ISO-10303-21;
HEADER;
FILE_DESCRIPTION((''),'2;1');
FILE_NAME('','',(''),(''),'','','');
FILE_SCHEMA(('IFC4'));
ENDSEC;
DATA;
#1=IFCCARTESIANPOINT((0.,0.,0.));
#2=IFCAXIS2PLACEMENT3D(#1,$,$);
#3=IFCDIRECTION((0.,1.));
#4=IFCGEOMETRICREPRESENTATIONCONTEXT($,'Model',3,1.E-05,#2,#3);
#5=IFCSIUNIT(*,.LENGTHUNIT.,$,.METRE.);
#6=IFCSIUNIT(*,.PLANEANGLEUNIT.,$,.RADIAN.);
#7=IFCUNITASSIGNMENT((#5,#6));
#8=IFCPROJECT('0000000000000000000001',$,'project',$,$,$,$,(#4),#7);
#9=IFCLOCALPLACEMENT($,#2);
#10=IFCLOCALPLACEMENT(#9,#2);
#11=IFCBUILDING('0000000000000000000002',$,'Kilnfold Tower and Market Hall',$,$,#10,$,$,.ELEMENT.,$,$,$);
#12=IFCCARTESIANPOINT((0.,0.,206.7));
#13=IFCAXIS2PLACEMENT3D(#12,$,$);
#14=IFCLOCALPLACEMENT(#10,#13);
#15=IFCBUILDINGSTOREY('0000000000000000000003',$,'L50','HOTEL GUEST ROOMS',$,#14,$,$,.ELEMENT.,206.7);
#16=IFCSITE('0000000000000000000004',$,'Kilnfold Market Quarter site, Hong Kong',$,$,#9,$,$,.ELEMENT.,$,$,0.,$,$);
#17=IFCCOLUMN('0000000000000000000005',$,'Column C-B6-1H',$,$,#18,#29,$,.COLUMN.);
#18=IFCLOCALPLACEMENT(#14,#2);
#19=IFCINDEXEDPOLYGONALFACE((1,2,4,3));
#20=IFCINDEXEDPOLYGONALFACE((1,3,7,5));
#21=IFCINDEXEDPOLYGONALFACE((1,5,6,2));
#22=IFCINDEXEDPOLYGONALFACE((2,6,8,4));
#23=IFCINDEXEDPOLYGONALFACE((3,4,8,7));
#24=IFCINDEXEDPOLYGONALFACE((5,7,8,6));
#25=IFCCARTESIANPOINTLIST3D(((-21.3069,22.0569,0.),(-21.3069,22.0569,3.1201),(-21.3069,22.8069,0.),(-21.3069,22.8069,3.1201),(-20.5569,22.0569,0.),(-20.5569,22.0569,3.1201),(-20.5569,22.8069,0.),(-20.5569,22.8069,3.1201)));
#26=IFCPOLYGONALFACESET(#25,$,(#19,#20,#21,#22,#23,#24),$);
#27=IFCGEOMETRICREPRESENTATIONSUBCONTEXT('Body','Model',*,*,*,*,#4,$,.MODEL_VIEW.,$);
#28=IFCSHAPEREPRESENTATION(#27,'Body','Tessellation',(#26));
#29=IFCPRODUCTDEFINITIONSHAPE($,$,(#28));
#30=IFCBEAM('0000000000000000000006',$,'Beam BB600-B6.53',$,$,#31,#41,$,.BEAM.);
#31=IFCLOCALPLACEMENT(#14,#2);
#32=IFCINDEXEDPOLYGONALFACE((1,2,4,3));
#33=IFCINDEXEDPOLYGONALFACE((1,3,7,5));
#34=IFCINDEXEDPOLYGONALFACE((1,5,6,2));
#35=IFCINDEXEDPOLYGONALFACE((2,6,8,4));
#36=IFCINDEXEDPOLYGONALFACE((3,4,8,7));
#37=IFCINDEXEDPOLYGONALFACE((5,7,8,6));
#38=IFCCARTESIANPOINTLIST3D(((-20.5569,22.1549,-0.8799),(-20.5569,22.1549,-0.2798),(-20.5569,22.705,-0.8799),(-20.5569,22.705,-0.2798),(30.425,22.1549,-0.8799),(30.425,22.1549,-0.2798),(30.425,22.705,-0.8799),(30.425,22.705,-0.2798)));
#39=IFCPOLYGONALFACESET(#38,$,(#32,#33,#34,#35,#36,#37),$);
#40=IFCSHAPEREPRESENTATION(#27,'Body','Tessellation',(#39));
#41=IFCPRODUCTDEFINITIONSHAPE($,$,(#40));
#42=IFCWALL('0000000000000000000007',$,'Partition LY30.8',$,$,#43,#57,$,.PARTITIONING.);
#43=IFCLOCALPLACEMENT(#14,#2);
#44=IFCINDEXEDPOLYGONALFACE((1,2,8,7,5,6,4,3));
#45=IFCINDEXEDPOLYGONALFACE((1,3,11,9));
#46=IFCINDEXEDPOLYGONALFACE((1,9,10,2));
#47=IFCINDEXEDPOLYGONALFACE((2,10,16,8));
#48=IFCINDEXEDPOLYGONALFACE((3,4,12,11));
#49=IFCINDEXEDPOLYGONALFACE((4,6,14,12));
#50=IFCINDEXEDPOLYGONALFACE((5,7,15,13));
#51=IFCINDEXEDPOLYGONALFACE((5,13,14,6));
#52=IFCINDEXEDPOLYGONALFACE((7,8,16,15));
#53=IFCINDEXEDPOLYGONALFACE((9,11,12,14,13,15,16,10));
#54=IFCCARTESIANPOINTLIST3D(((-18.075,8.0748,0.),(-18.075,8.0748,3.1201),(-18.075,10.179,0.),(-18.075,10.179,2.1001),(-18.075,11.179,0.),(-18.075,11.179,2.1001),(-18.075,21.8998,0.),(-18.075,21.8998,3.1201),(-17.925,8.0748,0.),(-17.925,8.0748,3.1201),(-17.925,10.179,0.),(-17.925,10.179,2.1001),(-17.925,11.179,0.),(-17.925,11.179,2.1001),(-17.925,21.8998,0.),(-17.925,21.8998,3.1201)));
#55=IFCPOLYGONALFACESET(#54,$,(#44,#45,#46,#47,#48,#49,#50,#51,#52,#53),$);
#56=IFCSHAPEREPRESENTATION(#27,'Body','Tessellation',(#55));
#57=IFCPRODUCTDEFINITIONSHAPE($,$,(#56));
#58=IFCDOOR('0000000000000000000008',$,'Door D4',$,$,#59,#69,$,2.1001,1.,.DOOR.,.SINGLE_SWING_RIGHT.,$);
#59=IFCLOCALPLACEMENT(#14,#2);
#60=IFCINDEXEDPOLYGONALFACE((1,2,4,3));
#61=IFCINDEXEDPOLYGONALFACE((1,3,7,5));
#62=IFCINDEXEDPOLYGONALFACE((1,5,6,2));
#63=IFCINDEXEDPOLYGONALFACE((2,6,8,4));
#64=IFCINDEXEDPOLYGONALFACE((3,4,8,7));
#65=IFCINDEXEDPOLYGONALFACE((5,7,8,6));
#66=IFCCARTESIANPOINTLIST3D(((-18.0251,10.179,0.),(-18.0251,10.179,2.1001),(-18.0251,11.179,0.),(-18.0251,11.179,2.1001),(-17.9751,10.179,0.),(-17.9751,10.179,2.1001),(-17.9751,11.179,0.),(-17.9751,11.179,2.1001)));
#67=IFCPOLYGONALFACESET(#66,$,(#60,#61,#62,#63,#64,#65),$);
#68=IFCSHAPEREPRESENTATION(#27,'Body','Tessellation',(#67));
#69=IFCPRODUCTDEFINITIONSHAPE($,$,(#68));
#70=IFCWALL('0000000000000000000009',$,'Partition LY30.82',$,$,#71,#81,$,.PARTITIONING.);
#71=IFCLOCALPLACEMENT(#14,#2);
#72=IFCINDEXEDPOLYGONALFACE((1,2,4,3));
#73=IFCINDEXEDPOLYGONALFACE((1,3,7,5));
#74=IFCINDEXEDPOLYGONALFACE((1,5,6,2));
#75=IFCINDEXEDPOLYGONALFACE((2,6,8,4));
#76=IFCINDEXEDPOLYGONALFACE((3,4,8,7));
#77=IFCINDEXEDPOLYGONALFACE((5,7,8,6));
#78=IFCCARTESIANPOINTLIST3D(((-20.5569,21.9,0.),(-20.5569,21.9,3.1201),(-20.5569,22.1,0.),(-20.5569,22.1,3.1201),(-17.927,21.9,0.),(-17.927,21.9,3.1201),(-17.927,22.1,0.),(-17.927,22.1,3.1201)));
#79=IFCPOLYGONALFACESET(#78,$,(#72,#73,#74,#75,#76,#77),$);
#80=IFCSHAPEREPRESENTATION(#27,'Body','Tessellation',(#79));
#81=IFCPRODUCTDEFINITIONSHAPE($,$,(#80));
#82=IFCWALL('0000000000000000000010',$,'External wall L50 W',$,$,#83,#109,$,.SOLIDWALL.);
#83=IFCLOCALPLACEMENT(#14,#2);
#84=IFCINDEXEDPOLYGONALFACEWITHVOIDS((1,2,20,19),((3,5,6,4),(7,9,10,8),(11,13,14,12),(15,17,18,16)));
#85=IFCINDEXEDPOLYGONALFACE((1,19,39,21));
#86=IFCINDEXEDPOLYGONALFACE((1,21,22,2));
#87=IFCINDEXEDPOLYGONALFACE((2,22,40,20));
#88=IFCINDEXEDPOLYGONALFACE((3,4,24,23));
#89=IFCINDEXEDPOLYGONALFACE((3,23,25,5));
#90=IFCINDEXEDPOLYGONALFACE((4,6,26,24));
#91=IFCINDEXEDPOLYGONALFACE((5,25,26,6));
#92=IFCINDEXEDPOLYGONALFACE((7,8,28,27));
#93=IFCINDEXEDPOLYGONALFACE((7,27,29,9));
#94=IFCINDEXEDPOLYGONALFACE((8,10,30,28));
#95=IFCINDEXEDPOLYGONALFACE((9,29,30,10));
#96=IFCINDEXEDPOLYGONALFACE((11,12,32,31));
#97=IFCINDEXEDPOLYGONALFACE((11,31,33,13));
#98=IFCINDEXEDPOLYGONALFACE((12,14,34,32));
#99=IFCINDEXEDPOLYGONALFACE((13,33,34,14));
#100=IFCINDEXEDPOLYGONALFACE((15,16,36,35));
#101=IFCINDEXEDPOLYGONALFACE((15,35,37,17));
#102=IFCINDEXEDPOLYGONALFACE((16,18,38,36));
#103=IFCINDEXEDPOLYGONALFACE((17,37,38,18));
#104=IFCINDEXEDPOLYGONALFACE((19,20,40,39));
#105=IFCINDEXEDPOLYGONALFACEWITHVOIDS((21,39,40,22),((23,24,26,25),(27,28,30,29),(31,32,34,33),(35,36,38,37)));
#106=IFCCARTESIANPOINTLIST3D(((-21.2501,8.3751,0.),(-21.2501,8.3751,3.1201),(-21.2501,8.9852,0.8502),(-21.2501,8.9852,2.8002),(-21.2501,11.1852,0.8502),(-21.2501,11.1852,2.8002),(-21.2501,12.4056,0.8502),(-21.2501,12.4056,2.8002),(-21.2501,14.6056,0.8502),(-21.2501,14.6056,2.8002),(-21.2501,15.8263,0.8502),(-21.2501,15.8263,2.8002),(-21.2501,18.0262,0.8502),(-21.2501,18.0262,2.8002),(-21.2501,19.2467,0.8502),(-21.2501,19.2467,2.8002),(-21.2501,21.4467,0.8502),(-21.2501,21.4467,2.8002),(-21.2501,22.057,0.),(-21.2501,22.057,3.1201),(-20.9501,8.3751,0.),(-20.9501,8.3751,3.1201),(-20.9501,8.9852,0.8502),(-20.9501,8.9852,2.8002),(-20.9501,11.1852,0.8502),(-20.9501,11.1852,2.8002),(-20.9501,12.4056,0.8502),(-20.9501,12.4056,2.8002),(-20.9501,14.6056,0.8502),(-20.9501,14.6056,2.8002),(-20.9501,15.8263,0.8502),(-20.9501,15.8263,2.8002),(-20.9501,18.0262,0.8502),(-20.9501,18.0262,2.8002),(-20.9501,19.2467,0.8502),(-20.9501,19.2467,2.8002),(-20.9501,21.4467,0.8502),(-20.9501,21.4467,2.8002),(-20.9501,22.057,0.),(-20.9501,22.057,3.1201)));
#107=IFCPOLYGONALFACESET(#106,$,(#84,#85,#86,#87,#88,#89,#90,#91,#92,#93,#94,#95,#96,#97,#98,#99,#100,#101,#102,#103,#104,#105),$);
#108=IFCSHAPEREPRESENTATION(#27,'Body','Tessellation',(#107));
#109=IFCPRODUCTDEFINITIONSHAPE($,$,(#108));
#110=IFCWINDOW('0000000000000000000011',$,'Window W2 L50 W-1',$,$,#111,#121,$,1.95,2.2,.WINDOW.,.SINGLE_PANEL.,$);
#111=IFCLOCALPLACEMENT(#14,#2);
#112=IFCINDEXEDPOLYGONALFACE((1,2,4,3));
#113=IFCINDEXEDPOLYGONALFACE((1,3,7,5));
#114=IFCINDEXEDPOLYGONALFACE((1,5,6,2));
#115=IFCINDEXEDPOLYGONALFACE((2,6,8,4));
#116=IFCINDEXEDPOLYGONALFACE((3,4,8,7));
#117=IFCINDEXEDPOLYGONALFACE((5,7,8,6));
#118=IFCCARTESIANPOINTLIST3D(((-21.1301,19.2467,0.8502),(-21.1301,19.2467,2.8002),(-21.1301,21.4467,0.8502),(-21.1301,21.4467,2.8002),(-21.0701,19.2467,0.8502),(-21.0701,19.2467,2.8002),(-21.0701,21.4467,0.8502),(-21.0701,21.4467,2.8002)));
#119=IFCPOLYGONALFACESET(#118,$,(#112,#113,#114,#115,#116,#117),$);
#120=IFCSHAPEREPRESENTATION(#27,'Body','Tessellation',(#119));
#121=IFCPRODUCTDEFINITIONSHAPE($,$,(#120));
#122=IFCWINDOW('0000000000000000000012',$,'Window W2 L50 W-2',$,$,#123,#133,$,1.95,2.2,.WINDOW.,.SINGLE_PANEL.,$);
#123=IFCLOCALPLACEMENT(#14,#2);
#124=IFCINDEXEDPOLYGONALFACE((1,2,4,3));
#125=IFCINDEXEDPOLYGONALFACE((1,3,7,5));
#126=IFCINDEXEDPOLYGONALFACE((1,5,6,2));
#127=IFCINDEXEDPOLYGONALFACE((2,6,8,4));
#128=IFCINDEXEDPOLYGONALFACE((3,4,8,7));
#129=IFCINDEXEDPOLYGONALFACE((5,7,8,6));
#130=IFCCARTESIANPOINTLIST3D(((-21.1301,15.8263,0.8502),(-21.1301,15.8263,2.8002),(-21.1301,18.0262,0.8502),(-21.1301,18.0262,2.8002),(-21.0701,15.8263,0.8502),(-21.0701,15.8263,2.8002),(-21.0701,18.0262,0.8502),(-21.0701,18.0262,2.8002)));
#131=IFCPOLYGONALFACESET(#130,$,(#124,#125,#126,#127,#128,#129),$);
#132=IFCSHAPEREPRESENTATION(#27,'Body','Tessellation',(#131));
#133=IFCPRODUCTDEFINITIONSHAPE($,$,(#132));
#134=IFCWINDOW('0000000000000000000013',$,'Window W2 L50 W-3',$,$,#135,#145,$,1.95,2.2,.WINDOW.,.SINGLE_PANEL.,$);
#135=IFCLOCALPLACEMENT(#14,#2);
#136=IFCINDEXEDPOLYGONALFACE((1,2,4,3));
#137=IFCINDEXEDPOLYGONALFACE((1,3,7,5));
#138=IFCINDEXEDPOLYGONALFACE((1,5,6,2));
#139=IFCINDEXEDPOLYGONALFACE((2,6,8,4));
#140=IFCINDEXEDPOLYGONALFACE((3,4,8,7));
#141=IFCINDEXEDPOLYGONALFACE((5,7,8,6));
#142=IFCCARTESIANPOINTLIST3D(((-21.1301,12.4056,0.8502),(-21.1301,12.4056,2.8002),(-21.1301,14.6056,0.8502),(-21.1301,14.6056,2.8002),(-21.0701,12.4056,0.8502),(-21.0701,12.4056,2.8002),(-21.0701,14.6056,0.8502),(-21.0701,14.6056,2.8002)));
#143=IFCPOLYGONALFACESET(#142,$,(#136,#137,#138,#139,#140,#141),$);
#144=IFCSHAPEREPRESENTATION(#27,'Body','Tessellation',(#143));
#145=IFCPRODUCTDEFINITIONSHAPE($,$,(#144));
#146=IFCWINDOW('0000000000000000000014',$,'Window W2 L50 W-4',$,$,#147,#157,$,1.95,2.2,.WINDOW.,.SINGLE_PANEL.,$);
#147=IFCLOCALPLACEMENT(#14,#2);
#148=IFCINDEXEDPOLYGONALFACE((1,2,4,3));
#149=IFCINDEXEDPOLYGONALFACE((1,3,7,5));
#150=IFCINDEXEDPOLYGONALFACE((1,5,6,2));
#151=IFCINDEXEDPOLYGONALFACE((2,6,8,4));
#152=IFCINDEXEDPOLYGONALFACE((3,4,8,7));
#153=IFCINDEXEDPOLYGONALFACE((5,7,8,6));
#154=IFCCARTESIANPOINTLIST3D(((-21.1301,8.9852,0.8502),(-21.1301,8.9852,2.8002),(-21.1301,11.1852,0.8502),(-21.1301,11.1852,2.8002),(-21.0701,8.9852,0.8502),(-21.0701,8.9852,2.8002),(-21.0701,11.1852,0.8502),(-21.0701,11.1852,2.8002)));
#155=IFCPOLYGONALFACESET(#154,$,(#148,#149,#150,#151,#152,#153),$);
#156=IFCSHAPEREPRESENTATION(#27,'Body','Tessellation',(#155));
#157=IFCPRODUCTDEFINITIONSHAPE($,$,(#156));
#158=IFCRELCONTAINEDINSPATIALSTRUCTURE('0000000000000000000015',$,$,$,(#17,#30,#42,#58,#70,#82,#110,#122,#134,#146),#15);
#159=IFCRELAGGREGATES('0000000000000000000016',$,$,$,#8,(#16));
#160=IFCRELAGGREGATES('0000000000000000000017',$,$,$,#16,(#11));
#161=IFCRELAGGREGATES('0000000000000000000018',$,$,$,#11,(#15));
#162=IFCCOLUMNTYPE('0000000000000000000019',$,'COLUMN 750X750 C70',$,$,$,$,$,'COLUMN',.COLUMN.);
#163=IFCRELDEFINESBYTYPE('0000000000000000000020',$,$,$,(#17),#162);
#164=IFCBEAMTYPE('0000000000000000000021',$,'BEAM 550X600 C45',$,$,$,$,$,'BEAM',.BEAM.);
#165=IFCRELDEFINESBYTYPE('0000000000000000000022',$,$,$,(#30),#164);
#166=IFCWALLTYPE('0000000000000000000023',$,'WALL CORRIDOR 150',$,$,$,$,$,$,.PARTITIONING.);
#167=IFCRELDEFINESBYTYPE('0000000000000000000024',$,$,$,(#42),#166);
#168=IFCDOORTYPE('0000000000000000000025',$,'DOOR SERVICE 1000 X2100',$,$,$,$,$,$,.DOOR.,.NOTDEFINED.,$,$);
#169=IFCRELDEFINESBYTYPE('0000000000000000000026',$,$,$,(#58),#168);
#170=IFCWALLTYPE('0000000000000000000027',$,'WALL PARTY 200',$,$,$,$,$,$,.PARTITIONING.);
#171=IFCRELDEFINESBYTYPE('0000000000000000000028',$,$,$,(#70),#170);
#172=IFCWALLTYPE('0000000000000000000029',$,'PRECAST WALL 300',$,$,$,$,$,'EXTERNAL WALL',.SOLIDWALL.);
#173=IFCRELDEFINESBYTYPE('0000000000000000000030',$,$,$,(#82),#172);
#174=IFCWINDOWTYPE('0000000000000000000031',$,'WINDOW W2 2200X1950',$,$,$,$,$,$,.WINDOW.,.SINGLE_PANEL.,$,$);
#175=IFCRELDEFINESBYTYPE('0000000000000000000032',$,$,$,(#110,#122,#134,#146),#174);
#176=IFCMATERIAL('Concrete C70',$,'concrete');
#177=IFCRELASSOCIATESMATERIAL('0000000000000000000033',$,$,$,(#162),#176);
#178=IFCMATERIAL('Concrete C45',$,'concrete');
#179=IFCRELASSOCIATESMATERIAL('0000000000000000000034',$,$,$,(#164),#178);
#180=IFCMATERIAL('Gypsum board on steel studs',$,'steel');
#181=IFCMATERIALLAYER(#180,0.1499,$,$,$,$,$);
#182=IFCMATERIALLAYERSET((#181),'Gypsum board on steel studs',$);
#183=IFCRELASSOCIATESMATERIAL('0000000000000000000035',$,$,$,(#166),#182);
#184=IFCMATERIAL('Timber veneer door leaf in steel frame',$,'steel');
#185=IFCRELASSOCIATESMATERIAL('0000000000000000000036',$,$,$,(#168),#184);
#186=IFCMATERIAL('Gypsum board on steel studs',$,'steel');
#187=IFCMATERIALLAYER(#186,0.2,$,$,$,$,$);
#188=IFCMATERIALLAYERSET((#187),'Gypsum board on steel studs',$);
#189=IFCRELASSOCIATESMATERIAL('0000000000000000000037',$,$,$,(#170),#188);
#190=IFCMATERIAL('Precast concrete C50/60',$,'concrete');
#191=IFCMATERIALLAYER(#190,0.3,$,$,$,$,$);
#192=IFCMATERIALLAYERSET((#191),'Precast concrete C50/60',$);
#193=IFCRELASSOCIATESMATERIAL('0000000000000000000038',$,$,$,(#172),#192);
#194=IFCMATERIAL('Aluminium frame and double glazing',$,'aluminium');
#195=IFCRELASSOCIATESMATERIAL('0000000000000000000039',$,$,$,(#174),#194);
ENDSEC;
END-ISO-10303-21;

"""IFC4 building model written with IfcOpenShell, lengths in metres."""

from ifc_helpers import new_model, si_unit, direction, frame, frame_2d, origin, origin_2d, place, context, subcontext, project, spatial, rectangle, extrude, source, transform, mapped, material, layer, layer_set, material_profile, profile_set, type_object, element, fill, save


model = new_model("IFC4")

# Units and contexts
model_context = context("Model", 3, precision=1e-05, world=origin(), true_north=direction((0.0, 1.0)))
body_context = subcontext(model_context, "Body", "Model", "MODEL_VIEW")
ifc_project = project(units=[si_unit("LENGTHUNIT", "METRE"), si_unit("PLANEANGLEUNIT", "RADIAN")], contexts=[model_context])

# Site, building, storey
site_placement = place(None, origin())
site = spatial("IfcSite", under=ifc_project, at=site_placement, Name="Kilnfold Market Quarter site, Hong Kong", CompositionType="ELEMENT", RefElevation=0.0)
building_placement = place(site_placement, origin())
building = spatial("IfcBuilding", under=site, at=building_placement, Name="Kilnfold Tower and Market Hall", CompositionType="ELEMENT")
storey_placement = place(building_placement, frame((0.0, 0.0, 206.7)))
storey = spatial("IfcBuildingStorey", under=building, at=storey_placement, Name="L50", Description="HOTEL GUEST ROOMS", CompositionType="ELEMENT", Elevation=206.7)

# Column
ifc_material_1 = material(Name="Concrete C70", Category="concrete")
ifc_material_profile_1 = material_profile(ifc_material_1, rectangle(XDim=0.75, YDim=0.75, at=origin_2d()), Name="RC 750x750")
ifc_profile_set_1 = profile_set([ifc_material_profile_1], Name="Concrete C70")
column_type = type_object("IfcColumnType", Name="COLUMN 750X750 C70", ElementType="COLUMN", PredefinedType="COLUMN", material=ifc_profile_set_1)
shared_shape_1 = source(origin(), body_context, "Body", "SweptSolid", [
    extrude(rectangle(XDim=0.75, YDim=0.75, at=origin_2d()), origin(), (0.0, 0.0, 1.0), 3.1201),
])
column_placement = place(storey_placement, frame((-20.9319, 22.4319, 0.0), z_axis=(0.0, 0.0, 1.0), x_axis=(1.0, 0.0, 0.0)))
element("IfcColumn", 1, at=column_placement, inside=storey, type_object=column_type, Name="Column C-B6-1H", PredefinedType="COLUMN", context=body_context, shape_type="MappedRepresentation", body=[
    mapped(shared_shape_1, transform((0.0, 0.0, 0.0))),
])

# Beam
ifc_material_2 = material(Name="Concrete C45", Category="concrete")
ifc_material_profile_2 = material_profile(ifc_material_2, rectangle(XDim=0.55, YDim=0.6001, at=origin_2d()), Name="RC 550x600")
ifc_profile_set_2 = profile_set([ifc_material_profile_2], Name="Concrete C45")
beam_type = type_object("IfcBeamType", Name="BEAM 550X600 C45", ElementType="BEAM", PredefinedType="BEAM", material=ifc_profile_set_2)
shared_shape_2 = source(origin(), body_context, "Body", "SweptSolid", [
    extrude(rectangle(XDim=0.55, YDim=0.6001, at=origin_2d()), origin(), (0.0, 0.0, 1.0), 50.9819),
])
beam_placement = place(storey_placement, frame((-20.5569, 22.4299, -0.5798), z_axis=(1.0, 0.0, 0.0), x_axis=(0.0, 1.0, 0.0)))
element("IfcBeam", 2, at=beam_placement, inside=storey, type_object=beam_type, Name="Beam BB600-B6.53", PredefinedType="BEAM", context=body_context, shape_type="MappedRepresentation", body=[
    mapped(shared_shape_2, transform((0.0, 0.0, 0.0))),
])

# Wall, opening, door
ifc_material_3 = material(Name="Gypsum board on steel studs", Category="steel")
ifc_layer_1 = layer(ifc_material_3, 0.1499)
ifc_layer_set_1 = layer_set([ifc_layer_1], Name="Gypsum board on steel studs")
wall_type_1 = type_object("IfcWallType", Name="WALL CORRIDOR 150", PredefinedType="PARTITIONING", material=ifc_layer_set_1)
wall_1_placement = place(storey_placement, frame((-18.0, 21.8999, 0.0), z_axis=(0.0, 0.0, 1.0), x_axis=(0.0, -1.0, 0.0)))
wall_1 = element("IfcWall", 3, at=wall_1_placement, inside=storey, type_object=wall_type_1, Name="Partition LY30.8", PredefinedType="PARTITIONING", context=body_context, shape_type="SweptSolid", body=[
    extrude(rectangle(XDim=13.825, YDim=0.1499, at=frame_2d((6.9126, 0.0))), origin(), (0.0, 0.0, 1.0), 3.1201),
])
opening_1_placement = place(wall_1_placement, frame((10.7209, 0.0, 0.0)))
opening_1 = element("IfcOpeningElement", 4, at=opening_1_placement, cuts=wall_1, PredefinedType="OPENING", context=body_context, shape_type="SweptSolid", body=[
    extrude(rectangle(XDim=1.0, YDim=2.1001, at=frame_2d((0.5, 1.05))), frame((0.0, 0.085, 0.0), z_axis=(0.0, -1.0, 0.0), x_axis=(1.0, 0.0, 0.0)), (0.0, 0.0, 1.0), 0.1699),
])
ifc_material_4 = material(Name="Timber veneer door leaf in steel frame", Category="steel")
door_type = type_object("IfcDoorType", Name="DOOR SERVICE 1000 X2100", OperationType="NOTDEFINED", PredefinedType="DOOR", material=ifc_material_4)
door_placement = place(opening_1_placement, origin())
door = element("IfcDoor", 5, at=door_placement, inside=storey, type_object=door_type, Name="Door D4", OperationType="SINGLE_SWING_RIGHT", OverallHeight=2.1001, OverallWidth=1.0, PredefinedType="DOOR", context=body_context, shape_type="SweptSolid", body=[
    extrude(rectangle(XDim=1.0, YDim=2.1001, at=frame_2d((0.5, 1.05))), frame((0.0, 0.0249, 0.0), z_axis=(0.0, -1.0, 0.0), x_axis=(1.0, 0.0, 0.0)), (0.0, 0.0, 1.0), 0.05),
])
fill(opening_1, door)

# Wall
ifc_material_5 = material(Name="Gypsum board on steel studs", Category="steel")
ifc_layer_2 = layer(ifc_material_5, 0.2)
ifc_layer_set_2 = layer_set([ifc_layer_2], Name="Gypsum board on steel studs")
wall_type_2 = type_object("IfcWallType", Name="WALL PARTY 200", PredefinedType="PARTITIONING", material=ifc_layer_set_2)
wall_2_placement = place(storey_placement, frame((-17.927, 22.0, 0.0), z_axis=(0.0, 0.0, 1.0), x_axis=(-1.0, 0.0, 0.0)))
element("IfcWall", 6, at=wall_2_placement, inside=storey, type_object=wall_type_2, Name="Partition LY30.82", PredefinedType="PARTITIONING", context=body_context, shape_type="SweptSolid", body=[
    extrude(rectangle(XDim=2.6299, YDim=0.2, at=frame_2d((1.3149, 0.0))), origin(), (0.0, 0.0, 1.0), 3.1201),
])

# Wall, openings, windows
ifc_material_6 = material(Name="Precast concrete C50/60", Category="concrete")
ifc_layer_3 = layer(ifc_material_6, 0.3)
ifc_layer_set_3 = layer_set([ifc_layer_3], Name="Precast concrete C50/60")
wall_type_3 = type_object("IfcWallType", Name="PRECAST WALL 300", ElementType="EXTERNAL WALL", PredefinedType="SOLIDWALL", material=ifc_layer_set_3)
shared_shape_3 = source(origin(), body_context, "Body", "SweptSolid", [
    extrude(rectangle(XDim=13.6819, YDim=0.3, at=frame_2d((6.8408, 0.0))), origin(), (0.0, 0.0, 1.0), 3.1201),
])
wall_3_placement = place(storey_placement, frame((-21.1001, 22.0569, 0.0), z_axis=(0.0, 0.0, 1.0), x_axis=(0.0, -1.0, 0.0)))
wall_3 = element("IfcWall", 7, at=wall_3_placement, inside=storey, type_object=wall_type_3, Name="External wall L50 W", PredefinedType="SOLIDWALL", context=body_context, shape_type="MappedRepresentation", body=[
    mapped(shared_shape_3, transform((0.0, 0.0, 0.0))),
])
opening_2_placement = place(wall_3_placement, frame((0.6101, 0.0, 0.8501)))
opening_2 = element("IfcOpeningElement", 8, at=opening_2_placement, cuts=wall_3, PredefinedType="OPENING", context=body_context, shape_type="SweptSolid", body=[
    extrude(rectangle(XDim=2.2, YDim=1.95, at=frame_2d((1.1001, 0.9751))), frame((0.0, 0.1602, 0.0), z_axis=(0.0, -1.0, 0.0), x_axis=(1.0, 0.0, 0.0)), (0.0, 0.0, 1.0), 0.3201),
])
opening_3_placement = place(wall_3_placement, frame((4.0305, 0.0, 0.8501)))
opening_3 = element("IfcOpeningElement", 9, at=opening_3_placement, cuts=wall_3, PredefinedType="OPENING", context=body_context, shape_type="SweptSolid", body=[
    extrude(rectangle(XDim=2.2, YDim=1.95, at=frame_2d((1.1001, 0.9751))), frame((0.0, 0.1602, 0.0), z_axis=(0.0, -1.0, 0.0), x_axis=(1.0, 0.0, 0.0)), (0.0, 0.0, 1.0), 0.3201),
])
opening_4_placement = place(wall_3_placement, frame((7.4512, 0.0, 0.8501)))
opening_4 = element("IfcOpeningElement", 10, at=opening_4_placement, cuts=wall_3, PredefinedType="OPENING", context=body_context, shape_type="SweptSolid", body=[
    extrude(rectangle(XDim=2.2, YDim=1.95, at=frame_2d((1.1001, 0.9751))), frame((0.0, 0.1602, 0.0), z_axis=(0.0, -1.0, 0.0), x_axis=(1.0, 0.0, 0.0)), (0.0, 0.0, 1.0), 0.3201),
])
opening_5_placement = place(wall_3_placement, frame((10.8716, 0.0, 0.8501)))
opening_5 = element("IfcOpeningElement", 11, at=opening_5_placement, cuts=wall_3, PredefinedType="OPENING", context=body_context, shape_type="SweptSolid", body=[
    extrude(rectangle(XDim=2.2, YDim=1.95, at=frame_2d((1.1001, 0.9751))), frame((0.0, 0.1602, 0.0), z_axis=(0.0, -1.0, 0.0), x_axis=(1.0, 0.0, 0.0)), (0.0, 0.0, 1.0), 0.3201),
])
ifc_material_7 = material(Name="Aluminium frame and double glazing", Category="aluminium")
window_type = type_object("IfcWindowType", Name="WINDOW W2 2200X1950", PartitioningType="SINGLE_PANEL", PredefinedType="WINDOW", material=ifc_material_7)
window_1_placement = place(opening_2_placement, origin())
window_1 = element("IfcWindow", 12, at=window_1_placement, inside=storey, type_object=window_type, Name="Window W2 L50 W-1", OverallHeight=1.95, OverallWidth=2.2, PartitioningType="SINGLE_PANEL", PredefinedType="WINDOW", context=body_context, shape_type="SweptSolid", body=[
    extrude(rectangle(XDim=2.2, YDim=1.95, at=frame_2d((1.1001, 0.9751))), frame((0.0, 0.03, 0.0), z_axis=(0.0, -1.0, 0.0), x_axis=(1.0, 0.0, 0.0)), (0.0, 0.0, 1.0), 0.0601),
])
fill(opening_2, window_1)
window_2_placement = place(opening_3_placement, origin())
window_2 = element("IfcWindow", 13, at=window_2_placement, inside=storey, type_object=window_type, Name="Window W2 L50 W-2", OverallHeight=1.95, OverallWidth=2.2, PartitioningType="SINGLE_PANEL", PredefinedType="WINDOW", context=body_context, shape_type="SweptSolid", body=[
    extrude(rectangle(XDim=2.2, YDim=1.95, at=frame_2d((1.1001, 0.9751))), frame((0.0, 0.03, 0.0), z_axis=(0.0, -1.0, 0.0), x_axis=(1.0, 0.0, 0.0)), (0.0, 0.0, 1.0), 0.0601),
])
fill(opening_3, window_2)
window_3_placement = place(opening_4_placement, origin())
window_3 = element("IfcWindow", 14, at=window_3_placement, inside=storey, type_object=window_type, Name="Window W2 L50 W-3", OverallHeight=1.95, OverallWidth=2.2, PartitioningType="SINGLE_PANEL", PredefinedType="WINDOW", context=body_context, shape_type="SweptSolid", body=[
    extrude(rectangle(XDim=2.2, YDim=1.95, at=frame_2d((1.1001, 0.9751))), frame((0.0, 0.03, 0.0), z_axis=(0.0, -1.0, 0.0), x_axis=(1.0, 0.0, 0.0)), (0.0, 0.0, 1.0), 0.0601),
])
fill(opening_4, window_3)
window_4_placement = place(opening_5_placement, origin())
window_4 = element("IfcWindow", 15, at=window_4_placement, inside=storey, type_object=window_type, Name="Window W2 L50 W-4", OverallHeight=1.95, OverallWidth=2.2, PartitioningType="SINGLE_PANEL", PredefinedType="WINDOW", context=body_context, shape_type="SweptSolid", body=[
    extrude(rectangle(XDim=2.2, YDim=1.95, at=frame_2d((1.1001, 0.9751))), frame((0.0, 0.03, 0.0), z_axis=(0.0, -1.0, 0.0), x_axis=(1.0, 0.0, 0.0)), (0.0, 0.0, 1.0), 0.0601),
])
fill(opening_5, window_4)

save(model, "model.ifc")
